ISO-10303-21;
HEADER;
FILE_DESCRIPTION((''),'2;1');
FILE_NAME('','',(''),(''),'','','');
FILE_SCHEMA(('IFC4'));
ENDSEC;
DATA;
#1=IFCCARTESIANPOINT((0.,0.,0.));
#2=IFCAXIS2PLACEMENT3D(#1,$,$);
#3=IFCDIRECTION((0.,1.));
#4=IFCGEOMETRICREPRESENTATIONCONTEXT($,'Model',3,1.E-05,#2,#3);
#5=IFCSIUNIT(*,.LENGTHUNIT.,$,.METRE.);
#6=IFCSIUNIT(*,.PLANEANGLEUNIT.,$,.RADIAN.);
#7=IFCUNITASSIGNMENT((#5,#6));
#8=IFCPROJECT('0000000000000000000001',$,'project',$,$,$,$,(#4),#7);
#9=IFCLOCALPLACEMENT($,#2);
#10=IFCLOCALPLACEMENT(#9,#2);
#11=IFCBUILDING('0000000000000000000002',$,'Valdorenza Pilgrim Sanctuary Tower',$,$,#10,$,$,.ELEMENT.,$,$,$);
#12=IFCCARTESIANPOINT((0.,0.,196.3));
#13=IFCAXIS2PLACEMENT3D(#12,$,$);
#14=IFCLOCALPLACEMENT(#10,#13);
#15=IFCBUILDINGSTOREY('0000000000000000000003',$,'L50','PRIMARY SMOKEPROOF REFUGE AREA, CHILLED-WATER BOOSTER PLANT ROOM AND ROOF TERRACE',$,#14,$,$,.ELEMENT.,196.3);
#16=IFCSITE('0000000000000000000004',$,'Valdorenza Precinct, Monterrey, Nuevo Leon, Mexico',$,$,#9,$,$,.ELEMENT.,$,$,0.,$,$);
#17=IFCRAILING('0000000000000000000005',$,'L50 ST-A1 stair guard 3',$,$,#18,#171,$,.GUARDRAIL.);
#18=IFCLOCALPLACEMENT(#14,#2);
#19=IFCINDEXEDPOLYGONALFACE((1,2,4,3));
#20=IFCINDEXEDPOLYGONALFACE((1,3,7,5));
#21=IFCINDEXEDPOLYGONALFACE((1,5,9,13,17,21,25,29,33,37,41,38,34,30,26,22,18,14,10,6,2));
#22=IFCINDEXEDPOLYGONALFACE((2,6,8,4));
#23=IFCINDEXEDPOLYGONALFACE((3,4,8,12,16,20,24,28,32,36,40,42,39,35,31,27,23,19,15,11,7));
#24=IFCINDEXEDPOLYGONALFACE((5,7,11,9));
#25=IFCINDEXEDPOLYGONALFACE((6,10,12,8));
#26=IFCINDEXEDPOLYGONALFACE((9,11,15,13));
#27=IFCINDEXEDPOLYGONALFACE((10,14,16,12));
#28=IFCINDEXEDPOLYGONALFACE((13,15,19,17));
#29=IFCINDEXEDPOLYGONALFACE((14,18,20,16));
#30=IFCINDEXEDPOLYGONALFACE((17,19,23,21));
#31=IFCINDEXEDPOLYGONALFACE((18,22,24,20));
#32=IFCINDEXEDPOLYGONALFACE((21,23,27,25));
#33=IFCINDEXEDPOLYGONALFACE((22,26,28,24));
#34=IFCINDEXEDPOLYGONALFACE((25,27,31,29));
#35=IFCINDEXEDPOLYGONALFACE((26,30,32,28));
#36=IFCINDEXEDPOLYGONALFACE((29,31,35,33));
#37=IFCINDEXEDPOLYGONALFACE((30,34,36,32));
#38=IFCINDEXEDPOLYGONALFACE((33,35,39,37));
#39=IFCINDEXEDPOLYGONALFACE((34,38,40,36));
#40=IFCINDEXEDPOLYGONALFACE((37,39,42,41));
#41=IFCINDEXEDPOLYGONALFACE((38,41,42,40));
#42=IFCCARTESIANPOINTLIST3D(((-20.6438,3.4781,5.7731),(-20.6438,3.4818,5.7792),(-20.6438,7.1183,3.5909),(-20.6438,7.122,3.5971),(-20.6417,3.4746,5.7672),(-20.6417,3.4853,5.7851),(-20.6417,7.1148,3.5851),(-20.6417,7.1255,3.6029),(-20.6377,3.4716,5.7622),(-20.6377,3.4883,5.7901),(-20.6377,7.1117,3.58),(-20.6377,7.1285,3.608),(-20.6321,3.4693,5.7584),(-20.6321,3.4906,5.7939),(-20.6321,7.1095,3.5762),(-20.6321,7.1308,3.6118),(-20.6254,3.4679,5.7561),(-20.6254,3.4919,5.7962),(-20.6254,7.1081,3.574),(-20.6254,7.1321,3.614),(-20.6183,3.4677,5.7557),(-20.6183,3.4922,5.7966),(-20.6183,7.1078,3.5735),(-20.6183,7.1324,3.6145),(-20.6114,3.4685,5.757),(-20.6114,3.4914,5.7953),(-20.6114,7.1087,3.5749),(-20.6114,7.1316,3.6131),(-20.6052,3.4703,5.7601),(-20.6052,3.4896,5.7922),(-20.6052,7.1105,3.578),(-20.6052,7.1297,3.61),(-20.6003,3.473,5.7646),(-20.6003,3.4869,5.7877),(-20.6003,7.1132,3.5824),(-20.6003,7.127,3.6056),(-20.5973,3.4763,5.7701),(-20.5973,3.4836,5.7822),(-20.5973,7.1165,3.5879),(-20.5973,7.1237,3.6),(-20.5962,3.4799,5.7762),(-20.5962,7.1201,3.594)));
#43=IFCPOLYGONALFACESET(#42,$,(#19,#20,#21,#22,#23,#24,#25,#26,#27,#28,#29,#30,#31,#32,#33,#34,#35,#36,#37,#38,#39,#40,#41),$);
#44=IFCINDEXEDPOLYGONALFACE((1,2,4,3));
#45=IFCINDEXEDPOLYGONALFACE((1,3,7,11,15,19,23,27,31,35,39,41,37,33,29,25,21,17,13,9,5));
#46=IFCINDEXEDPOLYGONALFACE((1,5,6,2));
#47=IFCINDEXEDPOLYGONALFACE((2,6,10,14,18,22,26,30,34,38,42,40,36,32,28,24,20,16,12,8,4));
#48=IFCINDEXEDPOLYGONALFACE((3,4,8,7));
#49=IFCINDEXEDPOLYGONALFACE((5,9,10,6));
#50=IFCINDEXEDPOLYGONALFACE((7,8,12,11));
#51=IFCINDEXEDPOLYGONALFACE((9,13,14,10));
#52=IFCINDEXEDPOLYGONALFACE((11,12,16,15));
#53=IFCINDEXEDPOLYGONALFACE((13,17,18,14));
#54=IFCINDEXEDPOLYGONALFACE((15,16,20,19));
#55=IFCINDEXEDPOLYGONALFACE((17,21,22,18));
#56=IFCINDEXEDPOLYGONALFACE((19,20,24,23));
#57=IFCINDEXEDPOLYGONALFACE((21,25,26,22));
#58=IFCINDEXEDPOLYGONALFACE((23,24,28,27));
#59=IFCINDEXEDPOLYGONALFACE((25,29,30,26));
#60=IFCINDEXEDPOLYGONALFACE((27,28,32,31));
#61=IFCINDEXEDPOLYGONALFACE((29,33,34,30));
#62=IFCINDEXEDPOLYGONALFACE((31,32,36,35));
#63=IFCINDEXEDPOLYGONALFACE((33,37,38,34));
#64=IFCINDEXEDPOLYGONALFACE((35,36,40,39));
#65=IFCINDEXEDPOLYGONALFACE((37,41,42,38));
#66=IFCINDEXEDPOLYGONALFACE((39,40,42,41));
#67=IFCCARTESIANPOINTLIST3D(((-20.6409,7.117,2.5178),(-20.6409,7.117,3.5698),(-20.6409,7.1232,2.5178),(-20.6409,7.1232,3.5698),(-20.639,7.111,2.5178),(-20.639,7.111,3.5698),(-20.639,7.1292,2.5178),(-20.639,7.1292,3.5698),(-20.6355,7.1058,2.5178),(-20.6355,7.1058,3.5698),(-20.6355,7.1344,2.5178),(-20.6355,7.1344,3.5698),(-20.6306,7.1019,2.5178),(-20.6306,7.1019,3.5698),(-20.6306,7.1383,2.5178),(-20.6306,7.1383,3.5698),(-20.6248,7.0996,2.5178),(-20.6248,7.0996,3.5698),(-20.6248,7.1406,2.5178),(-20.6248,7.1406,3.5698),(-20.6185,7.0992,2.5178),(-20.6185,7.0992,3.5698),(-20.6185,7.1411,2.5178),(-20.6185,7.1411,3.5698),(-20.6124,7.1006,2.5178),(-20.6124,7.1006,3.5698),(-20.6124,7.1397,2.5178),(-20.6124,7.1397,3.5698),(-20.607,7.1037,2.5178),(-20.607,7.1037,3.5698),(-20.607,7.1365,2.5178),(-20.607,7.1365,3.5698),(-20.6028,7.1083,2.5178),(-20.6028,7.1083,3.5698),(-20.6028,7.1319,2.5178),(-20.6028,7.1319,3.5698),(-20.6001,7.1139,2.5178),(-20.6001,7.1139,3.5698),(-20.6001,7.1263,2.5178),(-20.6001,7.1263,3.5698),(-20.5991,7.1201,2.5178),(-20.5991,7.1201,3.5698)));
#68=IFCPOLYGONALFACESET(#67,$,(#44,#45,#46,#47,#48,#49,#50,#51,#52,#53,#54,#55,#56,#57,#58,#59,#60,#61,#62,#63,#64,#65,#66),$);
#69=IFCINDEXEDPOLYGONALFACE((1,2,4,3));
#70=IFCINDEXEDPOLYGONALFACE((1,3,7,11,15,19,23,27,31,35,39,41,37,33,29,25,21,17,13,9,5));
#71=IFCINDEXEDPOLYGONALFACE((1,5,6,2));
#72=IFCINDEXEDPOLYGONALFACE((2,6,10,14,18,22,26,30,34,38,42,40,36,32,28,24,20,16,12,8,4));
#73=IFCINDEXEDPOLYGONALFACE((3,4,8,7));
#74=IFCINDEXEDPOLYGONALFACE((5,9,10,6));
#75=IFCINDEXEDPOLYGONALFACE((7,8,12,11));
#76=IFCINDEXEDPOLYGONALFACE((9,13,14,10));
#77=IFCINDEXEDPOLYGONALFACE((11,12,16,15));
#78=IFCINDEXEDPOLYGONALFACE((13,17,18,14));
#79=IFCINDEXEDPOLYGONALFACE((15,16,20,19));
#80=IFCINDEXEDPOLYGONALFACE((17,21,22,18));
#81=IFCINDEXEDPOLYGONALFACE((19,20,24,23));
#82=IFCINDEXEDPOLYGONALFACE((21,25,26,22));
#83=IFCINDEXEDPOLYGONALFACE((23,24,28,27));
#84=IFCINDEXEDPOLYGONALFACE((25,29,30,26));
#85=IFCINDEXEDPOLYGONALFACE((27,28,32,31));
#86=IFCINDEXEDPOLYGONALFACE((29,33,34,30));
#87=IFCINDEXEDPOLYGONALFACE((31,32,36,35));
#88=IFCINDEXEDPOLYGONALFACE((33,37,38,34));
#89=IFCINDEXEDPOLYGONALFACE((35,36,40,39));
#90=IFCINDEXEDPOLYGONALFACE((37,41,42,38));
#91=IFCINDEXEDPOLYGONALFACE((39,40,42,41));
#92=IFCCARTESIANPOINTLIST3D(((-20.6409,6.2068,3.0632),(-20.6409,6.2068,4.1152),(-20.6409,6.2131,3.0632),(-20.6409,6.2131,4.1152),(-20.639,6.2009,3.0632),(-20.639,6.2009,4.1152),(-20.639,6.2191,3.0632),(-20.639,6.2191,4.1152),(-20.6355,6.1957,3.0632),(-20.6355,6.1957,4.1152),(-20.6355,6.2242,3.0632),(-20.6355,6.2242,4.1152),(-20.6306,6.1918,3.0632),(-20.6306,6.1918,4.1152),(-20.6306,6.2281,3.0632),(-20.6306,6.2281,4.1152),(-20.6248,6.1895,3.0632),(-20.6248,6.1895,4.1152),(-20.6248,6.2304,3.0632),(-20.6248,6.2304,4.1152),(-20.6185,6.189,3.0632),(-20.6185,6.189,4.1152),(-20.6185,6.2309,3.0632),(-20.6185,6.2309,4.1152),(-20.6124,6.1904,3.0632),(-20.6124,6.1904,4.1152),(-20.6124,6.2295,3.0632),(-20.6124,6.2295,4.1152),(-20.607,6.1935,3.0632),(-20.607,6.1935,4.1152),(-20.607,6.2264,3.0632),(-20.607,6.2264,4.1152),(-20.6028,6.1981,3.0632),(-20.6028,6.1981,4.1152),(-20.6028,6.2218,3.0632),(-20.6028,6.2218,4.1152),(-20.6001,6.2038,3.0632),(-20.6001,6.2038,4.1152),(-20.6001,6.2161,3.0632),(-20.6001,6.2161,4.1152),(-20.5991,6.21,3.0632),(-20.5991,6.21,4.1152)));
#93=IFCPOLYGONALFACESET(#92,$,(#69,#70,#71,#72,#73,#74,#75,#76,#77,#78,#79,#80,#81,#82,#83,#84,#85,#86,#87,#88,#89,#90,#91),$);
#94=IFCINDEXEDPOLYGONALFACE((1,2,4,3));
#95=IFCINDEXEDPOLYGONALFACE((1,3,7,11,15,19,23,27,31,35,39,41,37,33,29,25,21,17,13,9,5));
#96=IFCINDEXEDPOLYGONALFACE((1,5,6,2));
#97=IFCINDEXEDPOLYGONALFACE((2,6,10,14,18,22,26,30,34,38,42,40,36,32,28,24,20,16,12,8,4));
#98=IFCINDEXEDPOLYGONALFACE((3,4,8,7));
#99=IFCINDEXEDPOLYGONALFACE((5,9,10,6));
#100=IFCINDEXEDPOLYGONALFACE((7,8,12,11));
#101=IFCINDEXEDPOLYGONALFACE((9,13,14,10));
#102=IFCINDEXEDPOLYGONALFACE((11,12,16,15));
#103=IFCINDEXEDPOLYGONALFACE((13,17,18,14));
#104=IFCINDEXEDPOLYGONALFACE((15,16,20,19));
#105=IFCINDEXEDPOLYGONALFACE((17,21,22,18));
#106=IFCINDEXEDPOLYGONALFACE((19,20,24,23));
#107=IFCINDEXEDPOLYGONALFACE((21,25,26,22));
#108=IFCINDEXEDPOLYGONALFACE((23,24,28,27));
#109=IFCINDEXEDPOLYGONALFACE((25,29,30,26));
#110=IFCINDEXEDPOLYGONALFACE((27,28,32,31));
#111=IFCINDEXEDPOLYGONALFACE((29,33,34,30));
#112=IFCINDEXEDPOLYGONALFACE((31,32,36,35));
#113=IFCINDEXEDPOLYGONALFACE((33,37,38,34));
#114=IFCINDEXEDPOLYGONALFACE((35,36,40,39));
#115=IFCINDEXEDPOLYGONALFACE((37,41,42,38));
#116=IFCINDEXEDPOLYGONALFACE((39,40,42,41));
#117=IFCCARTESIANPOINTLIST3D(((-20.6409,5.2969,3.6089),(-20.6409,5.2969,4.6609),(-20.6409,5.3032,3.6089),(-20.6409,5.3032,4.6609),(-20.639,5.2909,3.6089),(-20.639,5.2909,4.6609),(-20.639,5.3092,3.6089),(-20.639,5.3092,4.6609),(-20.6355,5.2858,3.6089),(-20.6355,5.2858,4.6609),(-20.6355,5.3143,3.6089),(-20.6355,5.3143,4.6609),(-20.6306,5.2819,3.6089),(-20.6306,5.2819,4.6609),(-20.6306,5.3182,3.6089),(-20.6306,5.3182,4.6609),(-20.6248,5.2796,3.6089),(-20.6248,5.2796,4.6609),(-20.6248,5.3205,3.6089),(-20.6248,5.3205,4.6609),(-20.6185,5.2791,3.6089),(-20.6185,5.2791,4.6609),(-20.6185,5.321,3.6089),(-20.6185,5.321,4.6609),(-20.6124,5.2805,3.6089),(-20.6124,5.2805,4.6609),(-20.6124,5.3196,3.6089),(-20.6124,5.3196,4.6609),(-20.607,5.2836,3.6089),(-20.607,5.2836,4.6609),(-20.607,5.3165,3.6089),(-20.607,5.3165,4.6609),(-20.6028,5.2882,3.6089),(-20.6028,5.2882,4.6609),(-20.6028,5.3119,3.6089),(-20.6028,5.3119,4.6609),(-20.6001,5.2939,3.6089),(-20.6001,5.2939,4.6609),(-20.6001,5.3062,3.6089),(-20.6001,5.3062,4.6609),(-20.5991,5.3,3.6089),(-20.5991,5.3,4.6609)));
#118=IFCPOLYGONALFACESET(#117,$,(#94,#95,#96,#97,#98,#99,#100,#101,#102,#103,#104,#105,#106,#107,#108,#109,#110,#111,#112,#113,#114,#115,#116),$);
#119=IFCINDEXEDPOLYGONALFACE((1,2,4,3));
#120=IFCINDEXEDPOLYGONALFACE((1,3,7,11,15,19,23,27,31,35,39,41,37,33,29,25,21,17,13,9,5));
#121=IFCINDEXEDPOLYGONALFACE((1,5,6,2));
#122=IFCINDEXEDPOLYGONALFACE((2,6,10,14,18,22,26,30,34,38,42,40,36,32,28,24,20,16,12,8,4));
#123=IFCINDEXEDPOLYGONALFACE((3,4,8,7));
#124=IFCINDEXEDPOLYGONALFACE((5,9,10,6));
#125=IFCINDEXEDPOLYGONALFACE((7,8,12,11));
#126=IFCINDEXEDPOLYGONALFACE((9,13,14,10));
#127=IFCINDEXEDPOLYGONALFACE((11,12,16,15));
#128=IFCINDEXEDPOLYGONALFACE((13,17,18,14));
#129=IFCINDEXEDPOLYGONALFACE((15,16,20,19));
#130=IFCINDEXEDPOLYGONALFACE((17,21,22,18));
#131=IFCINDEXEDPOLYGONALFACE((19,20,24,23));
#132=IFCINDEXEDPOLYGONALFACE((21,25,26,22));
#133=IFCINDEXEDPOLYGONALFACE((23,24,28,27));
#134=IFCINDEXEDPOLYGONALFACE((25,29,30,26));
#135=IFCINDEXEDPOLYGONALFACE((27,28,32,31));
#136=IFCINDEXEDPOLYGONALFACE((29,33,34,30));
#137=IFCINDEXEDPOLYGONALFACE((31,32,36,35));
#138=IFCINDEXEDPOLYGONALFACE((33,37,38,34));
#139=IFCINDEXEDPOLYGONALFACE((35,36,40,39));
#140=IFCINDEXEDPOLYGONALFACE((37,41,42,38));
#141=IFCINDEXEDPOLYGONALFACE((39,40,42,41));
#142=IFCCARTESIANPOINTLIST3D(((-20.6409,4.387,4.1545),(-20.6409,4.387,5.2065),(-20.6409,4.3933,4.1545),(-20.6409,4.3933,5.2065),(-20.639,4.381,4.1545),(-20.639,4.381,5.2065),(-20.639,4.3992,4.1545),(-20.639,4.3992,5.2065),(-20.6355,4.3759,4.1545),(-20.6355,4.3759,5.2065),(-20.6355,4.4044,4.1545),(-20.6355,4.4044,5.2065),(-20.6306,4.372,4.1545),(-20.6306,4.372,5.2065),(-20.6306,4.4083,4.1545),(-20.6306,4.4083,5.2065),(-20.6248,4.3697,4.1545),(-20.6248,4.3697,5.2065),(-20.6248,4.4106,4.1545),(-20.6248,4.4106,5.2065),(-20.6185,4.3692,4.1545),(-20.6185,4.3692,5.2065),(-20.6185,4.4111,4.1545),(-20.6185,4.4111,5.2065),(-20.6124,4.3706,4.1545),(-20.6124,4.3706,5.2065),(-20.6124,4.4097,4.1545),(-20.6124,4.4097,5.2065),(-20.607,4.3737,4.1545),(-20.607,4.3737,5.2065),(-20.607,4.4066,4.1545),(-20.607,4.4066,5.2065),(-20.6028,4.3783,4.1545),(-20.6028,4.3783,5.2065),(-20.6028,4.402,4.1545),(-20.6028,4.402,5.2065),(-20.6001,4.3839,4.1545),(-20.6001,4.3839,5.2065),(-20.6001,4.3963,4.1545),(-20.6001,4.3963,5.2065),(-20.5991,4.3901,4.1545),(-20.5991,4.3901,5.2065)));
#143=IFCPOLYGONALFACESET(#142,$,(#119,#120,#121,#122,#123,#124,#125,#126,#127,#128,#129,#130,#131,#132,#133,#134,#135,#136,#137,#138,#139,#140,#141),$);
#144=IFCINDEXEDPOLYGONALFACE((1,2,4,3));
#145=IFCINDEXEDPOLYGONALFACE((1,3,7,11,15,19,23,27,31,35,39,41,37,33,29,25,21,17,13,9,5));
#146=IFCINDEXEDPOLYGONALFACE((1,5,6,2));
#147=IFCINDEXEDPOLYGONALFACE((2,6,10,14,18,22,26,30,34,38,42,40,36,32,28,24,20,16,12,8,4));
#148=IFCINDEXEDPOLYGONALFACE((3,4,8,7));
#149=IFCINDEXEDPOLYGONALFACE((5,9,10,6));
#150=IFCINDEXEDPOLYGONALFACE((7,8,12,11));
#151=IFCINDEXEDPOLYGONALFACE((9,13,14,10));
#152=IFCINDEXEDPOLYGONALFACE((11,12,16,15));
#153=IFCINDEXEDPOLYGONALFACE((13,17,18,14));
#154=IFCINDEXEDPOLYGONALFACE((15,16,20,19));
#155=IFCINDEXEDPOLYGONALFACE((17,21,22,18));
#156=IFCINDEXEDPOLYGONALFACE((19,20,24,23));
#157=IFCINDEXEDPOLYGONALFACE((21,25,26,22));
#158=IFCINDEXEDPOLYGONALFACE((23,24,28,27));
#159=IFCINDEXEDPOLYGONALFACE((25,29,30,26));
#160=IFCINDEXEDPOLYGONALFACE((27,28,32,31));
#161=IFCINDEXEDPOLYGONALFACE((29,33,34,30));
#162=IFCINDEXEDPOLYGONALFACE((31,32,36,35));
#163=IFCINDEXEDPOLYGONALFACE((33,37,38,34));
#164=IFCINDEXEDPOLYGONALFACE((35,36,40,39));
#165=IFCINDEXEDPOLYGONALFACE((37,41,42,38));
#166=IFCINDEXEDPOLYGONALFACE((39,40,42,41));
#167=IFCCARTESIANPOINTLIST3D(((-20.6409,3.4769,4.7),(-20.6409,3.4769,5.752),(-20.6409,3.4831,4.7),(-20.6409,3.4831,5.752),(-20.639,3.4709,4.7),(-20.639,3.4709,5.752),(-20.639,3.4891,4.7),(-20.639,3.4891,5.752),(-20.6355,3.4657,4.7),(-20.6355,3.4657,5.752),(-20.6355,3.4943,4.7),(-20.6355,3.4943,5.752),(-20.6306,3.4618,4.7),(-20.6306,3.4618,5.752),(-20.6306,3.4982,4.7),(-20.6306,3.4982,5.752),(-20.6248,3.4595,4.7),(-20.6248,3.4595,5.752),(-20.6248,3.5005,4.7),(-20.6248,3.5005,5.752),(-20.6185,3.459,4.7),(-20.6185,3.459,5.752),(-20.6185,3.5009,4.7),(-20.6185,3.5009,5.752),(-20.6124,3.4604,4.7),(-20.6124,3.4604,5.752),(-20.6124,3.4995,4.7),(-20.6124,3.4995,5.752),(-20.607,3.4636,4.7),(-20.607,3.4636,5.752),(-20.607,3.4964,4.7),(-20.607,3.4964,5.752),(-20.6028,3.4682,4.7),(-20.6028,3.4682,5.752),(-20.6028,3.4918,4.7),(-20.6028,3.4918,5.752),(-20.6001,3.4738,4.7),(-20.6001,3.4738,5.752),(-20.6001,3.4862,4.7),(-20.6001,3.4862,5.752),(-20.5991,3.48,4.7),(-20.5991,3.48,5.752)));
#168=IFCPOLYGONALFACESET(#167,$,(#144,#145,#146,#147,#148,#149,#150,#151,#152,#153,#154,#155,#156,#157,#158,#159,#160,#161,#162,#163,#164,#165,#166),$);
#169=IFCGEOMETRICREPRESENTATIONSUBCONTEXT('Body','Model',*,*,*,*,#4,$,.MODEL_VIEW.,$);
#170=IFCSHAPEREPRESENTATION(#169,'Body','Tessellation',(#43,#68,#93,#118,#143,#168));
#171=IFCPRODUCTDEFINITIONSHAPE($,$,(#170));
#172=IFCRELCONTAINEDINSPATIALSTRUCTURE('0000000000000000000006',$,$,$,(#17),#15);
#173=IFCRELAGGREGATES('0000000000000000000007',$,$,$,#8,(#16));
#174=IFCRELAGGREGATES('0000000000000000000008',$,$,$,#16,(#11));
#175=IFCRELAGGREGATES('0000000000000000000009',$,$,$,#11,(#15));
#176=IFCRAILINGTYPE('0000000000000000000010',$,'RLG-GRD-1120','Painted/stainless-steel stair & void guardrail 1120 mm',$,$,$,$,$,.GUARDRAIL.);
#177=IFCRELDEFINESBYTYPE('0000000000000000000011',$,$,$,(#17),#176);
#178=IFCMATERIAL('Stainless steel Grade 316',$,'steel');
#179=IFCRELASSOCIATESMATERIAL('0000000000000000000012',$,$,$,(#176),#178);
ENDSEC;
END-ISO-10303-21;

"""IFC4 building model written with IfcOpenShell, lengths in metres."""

from ifc_helpers import new_model, si_unit, direction, frame, origin, origin_2d, place, context, subcontext, project, spatial, circle, extrude, material, type_object, element, save


model = new_model("IFC4")

# Units and contexts
model_context = context("Model", 3, precision=1e-05, world=origin(), true_north=direction((0.0, 1.0)))
body_context = subcontext(model_context, "Body", "Model", "MODEL_VIEW")
ifc_project = project(units=[si_unit("LENGTHUNIT", "METRE"), si_unit("PLANEANGLEUNIT", "RADIAN")], contexts=[model_context])

# Site, building, storey
site_placement = place(None, origin())
site = spatial("IfcSite", under=ifc_project, at=site_placement, Name="Valdorenza Precinct, Monterrey, Nuevo Leon, Mexico", CompositionType="ELEMENT", RefElevation=0.0)
building_placement = place(site_placement, origin())
building = spatial("IfcBuilding", under=site, at=building_placement, Name="Valdorenza Pilgrim Sanctuary Tower", CompositionType="ELEMENT")
storey_placement = place(building_placement, frame((0.0, 0.0, 196.3)))
storey = spatial("IfcBuildingStorey", under=building, at=storey_placement, Name="L50", Description="PRIMARY SMOKEPROOF REFUGE AREA, CHILLED-WATER BOOSTER PLANT ROOM AND ROOF TERRACE", CompositionType="ELEMENT", Elevation=196.3)

# Railing
ifc_material_1 = material(Name="Stainless steel Grade 316", Category="steel")
railing_type_1 = type_object("IfcRailingType", Name="RLG-GRD-1120", Description="Painted/stainless-steel stair & void guardrail 1120 mm", PredefinedType="GUARDRAIL", material=ifc_material_1)
railing_1_placement = place(storey_placement, frame((-20.6201, 7.1201, 2.5178)))
element("IfcRailing", 1, at=railing_1_placement, inside=storey, type_object=railing_type_1, Name="L50 ST-A1 stair guard 3", PredefinedType="GUARDRAIL", context=body_context, shape_type="SweptSolid", body=[
    extrude(circle(Radius=0.0239, at=origin_2d()), frame((0.0, 0.0, 1.0762), z_axis=(0.0, -0.857696, 0.514157), x_axis=(1.0, 0.0, 0.0)), (0.0, 0.0, 1.0), 4.2441),
    extrude(circle(Radius=0.021, at=origin_2d()), origin(), (0.0, 0.0, 1.0), 1.052),
    extrude(circle(Radius=0.021, at=origin_2d()), frame((0.0, -0.9102, 0.5454)), (0.0, 0.0, 1.0), 1.052),
    extrude(circle(Radius=0.021, at=origin_2d()), frame((0.0, -1.8201, 1.0911)), (0.0, 0.0, 1.0), 1.052),
    extrude(circle(Radius=0.021, at=origin_2d()), frame((0.0, -2.73, 1.6367)), (0.0, 0.0, 1.0), 1.052),
    extrude(circle(Radius=0.021, at=origin_2d()), frame((0.0, -3.6401, 2.1821)), (0.0, 0.0, 1.0), 1.052),
])

save(model, "model.ifc")
